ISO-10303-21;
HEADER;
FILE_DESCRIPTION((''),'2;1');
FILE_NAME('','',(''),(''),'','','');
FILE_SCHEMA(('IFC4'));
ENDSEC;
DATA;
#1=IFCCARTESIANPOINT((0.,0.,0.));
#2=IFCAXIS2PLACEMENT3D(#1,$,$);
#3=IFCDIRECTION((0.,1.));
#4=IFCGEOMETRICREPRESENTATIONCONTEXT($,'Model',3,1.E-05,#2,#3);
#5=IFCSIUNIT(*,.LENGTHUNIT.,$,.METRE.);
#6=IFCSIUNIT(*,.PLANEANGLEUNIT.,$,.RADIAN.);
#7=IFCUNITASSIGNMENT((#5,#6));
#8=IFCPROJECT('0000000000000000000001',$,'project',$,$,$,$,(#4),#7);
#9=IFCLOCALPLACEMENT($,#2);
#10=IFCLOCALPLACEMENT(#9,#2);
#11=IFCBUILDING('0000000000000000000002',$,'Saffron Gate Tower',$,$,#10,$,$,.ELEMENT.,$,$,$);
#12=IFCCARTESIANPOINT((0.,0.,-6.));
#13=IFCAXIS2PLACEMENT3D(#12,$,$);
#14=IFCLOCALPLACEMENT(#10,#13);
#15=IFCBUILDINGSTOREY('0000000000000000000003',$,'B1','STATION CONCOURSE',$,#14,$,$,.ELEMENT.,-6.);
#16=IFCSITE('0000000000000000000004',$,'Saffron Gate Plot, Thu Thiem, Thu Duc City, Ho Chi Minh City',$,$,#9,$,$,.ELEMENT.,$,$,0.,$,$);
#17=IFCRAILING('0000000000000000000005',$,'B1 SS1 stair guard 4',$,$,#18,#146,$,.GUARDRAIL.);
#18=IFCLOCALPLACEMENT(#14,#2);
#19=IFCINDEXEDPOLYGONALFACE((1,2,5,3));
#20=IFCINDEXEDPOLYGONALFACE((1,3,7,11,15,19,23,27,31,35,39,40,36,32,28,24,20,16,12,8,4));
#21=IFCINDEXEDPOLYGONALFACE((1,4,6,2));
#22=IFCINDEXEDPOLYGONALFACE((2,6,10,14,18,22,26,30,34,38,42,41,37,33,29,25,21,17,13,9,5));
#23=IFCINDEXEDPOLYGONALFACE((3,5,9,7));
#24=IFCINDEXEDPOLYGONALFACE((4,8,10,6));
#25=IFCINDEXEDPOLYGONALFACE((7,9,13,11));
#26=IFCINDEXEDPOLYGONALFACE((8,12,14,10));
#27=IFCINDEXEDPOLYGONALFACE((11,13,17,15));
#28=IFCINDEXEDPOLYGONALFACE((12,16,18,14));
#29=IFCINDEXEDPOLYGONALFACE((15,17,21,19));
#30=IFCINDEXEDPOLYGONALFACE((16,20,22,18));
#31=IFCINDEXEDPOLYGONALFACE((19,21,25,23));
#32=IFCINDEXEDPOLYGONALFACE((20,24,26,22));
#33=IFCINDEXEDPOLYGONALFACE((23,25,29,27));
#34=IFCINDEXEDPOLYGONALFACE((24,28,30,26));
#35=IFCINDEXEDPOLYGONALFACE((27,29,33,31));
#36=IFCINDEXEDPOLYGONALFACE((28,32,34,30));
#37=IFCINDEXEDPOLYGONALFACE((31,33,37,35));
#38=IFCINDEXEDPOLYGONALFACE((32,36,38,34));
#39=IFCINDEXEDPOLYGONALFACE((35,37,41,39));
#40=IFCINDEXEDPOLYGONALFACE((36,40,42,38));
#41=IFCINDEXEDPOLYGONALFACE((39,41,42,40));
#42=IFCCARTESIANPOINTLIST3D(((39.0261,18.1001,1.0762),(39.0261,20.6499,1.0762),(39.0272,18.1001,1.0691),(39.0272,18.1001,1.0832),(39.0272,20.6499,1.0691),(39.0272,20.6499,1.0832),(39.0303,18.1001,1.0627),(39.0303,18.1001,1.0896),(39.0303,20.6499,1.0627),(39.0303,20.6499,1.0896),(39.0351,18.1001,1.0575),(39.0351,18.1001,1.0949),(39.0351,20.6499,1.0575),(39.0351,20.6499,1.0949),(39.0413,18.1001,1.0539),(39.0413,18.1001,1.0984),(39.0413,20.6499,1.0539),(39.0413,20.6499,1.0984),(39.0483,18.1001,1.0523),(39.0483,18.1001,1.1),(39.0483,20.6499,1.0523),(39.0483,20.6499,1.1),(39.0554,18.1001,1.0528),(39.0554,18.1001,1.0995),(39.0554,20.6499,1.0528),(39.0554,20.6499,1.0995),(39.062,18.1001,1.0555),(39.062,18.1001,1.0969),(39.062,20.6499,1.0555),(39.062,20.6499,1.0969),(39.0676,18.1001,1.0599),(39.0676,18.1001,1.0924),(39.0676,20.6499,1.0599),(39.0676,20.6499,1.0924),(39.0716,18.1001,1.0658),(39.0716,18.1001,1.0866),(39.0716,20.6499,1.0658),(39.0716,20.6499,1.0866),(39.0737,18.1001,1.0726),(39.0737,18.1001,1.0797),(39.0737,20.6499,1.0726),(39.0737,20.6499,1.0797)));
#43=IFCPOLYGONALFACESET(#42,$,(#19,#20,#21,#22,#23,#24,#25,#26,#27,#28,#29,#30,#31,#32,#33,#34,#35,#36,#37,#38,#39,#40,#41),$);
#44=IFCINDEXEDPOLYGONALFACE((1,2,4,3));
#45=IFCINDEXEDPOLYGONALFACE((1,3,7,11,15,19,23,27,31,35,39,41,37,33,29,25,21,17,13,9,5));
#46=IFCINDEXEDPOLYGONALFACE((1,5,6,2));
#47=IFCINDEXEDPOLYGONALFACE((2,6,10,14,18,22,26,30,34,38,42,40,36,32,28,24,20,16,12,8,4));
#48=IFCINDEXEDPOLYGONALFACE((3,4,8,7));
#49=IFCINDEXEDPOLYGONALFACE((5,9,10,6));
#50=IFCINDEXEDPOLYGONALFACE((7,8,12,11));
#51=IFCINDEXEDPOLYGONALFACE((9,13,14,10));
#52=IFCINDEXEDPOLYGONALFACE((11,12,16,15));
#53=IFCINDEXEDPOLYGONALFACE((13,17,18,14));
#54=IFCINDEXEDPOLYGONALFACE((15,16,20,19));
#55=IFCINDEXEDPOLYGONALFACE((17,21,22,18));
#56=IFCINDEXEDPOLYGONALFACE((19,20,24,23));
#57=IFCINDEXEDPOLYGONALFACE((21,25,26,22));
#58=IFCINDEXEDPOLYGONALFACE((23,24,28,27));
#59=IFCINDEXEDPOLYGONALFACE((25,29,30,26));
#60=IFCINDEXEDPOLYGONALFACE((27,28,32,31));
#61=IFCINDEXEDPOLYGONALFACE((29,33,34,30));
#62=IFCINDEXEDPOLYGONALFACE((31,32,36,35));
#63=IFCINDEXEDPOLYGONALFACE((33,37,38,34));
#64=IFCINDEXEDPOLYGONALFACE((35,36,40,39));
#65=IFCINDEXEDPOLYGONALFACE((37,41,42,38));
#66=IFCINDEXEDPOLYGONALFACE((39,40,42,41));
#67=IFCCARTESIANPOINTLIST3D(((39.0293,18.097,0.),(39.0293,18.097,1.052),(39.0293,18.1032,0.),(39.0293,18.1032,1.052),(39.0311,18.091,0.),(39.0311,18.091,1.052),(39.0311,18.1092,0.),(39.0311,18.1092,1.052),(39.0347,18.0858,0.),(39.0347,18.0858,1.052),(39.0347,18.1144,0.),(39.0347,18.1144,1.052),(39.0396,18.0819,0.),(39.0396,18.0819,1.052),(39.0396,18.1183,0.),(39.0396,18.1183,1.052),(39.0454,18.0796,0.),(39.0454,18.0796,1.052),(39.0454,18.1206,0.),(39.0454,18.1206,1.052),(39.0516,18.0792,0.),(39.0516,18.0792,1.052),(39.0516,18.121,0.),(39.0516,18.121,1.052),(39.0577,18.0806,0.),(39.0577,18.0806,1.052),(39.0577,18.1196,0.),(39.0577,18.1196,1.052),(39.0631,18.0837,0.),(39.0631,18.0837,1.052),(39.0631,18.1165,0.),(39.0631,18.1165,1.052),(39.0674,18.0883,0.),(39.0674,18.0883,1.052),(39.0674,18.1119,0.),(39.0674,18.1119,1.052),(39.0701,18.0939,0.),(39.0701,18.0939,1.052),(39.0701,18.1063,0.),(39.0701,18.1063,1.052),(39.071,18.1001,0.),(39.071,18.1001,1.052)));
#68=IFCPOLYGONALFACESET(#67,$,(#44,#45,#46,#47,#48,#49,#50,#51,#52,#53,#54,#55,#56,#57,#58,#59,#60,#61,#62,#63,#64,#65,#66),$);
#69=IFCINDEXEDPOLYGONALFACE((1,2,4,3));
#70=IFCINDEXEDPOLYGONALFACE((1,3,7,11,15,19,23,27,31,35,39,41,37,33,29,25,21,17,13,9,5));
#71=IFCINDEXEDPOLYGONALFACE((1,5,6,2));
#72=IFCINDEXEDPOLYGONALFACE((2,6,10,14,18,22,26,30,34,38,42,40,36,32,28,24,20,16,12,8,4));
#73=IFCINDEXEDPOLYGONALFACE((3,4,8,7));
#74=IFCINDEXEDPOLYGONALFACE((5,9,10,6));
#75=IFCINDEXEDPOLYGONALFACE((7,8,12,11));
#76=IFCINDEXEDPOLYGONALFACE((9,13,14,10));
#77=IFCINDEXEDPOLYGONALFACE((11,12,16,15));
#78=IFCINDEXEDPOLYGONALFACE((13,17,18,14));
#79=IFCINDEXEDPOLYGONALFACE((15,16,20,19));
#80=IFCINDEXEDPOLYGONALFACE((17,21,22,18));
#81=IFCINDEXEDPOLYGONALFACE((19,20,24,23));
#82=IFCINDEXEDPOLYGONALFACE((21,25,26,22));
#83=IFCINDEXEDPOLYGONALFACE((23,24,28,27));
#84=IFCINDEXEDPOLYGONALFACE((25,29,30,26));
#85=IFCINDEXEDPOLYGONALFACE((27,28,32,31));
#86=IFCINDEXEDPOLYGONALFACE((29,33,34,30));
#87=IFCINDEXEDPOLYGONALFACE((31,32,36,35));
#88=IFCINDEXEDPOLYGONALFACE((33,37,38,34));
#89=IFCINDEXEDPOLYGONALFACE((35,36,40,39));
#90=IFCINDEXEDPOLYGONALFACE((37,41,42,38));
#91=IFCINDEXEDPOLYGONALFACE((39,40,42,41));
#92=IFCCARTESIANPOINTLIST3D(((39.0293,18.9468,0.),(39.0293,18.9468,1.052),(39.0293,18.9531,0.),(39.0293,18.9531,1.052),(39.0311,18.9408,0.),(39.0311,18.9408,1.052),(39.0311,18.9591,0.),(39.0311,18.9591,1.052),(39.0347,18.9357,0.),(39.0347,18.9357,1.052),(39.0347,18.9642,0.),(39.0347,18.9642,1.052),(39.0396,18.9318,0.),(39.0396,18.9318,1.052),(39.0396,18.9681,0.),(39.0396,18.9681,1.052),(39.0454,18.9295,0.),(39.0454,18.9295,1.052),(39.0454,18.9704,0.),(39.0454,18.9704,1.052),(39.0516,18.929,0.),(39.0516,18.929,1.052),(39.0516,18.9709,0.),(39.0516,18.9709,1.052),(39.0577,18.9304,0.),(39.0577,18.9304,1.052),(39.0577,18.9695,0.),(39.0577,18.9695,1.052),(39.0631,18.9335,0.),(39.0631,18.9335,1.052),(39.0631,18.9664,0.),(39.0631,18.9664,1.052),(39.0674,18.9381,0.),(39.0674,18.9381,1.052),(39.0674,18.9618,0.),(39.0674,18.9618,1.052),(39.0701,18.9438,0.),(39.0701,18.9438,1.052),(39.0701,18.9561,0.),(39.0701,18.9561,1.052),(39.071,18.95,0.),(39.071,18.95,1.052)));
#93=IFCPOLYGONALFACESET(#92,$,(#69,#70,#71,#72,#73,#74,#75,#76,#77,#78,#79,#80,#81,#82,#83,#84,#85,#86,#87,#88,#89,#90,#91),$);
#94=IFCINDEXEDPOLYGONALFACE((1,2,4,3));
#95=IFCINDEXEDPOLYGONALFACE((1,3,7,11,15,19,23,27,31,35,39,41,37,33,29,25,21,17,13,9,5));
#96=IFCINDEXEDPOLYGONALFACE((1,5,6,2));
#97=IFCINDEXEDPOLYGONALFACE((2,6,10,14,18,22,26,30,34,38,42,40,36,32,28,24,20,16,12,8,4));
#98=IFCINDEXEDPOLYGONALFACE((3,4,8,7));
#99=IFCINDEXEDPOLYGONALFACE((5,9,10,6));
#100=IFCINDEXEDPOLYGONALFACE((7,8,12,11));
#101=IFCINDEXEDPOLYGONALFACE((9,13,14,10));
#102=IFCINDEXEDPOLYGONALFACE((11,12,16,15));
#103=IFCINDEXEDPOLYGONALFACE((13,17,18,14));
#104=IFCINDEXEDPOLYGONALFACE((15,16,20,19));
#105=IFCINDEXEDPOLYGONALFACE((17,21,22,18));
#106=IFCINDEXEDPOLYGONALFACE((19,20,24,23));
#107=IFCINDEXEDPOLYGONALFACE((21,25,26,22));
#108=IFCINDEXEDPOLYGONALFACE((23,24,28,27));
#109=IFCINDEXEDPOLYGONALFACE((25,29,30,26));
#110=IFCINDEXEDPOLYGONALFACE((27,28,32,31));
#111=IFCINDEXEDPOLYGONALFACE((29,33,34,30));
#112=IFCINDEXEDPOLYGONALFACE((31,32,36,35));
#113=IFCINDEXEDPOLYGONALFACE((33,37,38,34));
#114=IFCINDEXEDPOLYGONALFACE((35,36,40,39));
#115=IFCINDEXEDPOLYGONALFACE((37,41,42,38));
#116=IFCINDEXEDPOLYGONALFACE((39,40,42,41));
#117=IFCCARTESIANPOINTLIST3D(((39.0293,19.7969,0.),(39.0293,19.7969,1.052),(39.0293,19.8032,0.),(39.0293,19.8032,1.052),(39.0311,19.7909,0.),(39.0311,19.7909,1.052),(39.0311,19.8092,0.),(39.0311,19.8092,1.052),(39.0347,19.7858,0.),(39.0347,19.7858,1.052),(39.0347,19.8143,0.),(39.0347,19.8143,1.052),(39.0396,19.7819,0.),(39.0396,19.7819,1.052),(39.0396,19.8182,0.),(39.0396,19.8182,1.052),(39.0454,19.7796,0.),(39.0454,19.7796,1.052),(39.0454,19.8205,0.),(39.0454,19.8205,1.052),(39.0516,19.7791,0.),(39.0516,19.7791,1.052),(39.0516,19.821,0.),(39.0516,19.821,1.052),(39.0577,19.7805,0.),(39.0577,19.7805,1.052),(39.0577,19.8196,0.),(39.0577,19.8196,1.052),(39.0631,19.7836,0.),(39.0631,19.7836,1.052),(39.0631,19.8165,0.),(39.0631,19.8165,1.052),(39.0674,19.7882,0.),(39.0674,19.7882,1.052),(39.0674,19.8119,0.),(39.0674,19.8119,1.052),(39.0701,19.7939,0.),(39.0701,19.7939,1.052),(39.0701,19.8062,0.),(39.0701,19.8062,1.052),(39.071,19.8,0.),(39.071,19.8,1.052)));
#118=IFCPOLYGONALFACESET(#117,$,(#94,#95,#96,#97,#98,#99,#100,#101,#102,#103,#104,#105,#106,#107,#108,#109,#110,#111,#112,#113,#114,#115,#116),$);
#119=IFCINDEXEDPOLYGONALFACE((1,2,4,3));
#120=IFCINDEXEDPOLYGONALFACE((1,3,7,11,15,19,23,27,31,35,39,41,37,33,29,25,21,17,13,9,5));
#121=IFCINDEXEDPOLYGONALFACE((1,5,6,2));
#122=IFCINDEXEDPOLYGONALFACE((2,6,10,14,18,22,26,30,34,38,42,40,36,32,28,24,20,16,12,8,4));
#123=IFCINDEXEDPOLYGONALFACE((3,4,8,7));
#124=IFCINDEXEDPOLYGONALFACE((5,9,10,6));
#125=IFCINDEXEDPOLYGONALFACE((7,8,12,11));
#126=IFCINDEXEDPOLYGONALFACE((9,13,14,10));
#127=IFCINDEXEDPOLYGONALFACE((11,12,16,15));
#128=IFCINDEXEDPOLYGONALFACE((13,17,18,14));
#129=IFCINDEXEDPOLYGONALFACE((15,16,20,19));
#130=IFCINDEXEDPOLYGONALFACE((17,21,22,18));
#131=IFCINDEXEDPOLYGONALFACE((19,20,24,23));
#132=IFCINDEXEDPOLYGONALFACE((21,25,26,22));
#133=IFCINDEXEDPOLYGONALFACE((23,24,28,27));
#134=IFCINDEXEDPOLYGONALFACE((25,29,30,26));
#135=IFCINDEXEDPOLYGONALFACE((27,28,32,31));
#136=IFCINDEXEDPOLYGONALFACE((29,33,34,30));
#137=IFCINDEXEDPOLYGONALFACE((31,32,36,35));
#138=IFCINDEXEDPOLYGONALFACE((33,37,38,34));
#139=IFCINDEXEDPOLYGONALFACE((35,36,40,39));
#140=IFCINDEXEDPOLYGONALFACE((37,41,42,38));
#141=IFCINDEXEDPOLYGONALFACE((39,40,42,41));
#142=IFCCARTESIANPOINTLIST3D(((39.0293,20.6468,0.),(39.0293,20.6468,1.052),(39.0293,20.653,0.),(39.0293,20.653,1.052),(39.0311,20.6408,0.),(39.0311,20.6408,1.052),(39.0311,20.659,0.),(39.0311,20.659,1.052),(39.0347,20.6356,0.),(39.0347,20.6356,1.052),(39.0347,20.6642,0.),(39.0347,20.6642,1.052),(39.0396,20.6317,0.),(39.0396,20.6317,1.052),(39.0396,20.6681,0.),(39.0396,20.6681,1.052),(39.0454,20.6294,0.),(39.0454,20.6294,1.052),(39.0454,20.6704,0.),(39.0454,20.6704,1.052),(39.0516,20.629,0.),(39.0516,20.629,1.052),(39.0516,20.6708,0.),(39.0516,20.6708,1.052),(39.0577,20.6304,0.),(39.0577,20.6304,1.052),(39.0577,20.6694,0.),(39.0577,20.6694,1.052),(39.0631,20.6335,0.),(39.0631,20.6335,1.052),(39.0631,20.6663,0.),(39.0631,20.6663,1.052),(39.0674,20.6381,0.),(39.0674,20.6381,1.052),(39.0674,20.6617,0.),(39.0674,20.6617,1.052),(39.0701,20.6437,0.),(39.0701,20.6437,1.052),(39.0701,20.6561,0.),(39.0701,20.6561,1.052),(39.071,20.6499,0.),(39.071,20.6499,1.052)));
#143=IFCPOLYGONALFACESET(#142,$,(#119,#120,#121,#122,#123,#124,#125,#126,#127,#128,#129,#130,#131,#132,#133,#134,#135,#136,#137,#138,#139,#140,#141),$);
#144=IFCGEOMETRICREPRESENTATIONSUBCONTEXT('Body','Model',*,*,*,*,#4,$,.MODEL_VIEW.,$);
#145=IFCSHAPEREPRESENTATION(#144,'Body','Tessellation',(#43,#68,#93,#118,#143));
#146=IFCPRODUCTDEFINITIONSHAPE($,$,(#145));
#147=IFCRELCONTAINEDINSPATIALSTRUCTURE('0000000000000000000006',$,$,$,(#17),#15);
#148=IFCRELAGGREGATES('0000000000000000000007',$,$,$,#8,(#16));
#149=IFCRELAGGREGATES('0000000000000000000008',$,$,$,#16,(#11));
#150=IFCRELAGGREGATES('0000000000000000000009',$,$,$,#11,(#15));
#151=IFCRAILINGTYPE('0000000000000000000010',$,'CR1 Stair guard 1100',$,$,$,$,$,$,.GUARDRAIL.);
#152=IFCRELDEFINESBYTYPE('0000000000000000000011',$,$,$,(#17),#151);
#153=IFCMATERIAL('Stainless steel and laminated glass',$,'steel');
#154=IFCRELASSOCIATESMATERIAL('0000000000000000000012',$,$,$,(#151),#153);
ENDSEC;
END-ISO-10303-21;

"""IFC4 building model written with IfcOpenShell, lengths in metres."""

from ifc_helpers import new_model, si_unit, direction, frame, origin, origin_2d, place, context, subcontext, project, spatial, circle, extrude, material, type_object, element, save


model = new_model("IFC4")

# Units and contexts
model_context = context("Model", 3, precision=1e-05, world=origin(), true_north=direction((0.0, 1.0)))
body_context = subcontext(model_context, "Body", "Model", "MODEL_VIEW")
ifc_project = project(units=[si_unit("LENGTHUNIT", "METRE"), si_unit("PLANEANGLEUNIT", "RADIAN")], contexts=[model_context])

# Site, building, storey
site_placement = place(None, origin())
site = spatial("IfcSite", under=ifc_project, at=site_placement, Name="Saffron Gate Plot, Thu Thiem, Thu Duc City, Ho Chi Minh City", CompositionType="ELEMENT", RefElevation=0.0)
building_placement = place(site_placement, origin())
building = spatial("IfcBuilding", under=site, at=building_placement, Name="Saffron Gate Tower", CompositionType="ELEMENT")
storey_placement = place(building_placement, frame((0.0, 0.0, -6.0)))
storey = spatial("IfcBuildingStorey", under=building, at=storey_placement, Name="B1", Description="STATION CONCOURSE", CompositionType="ELEMENT", Elevation=-6.0)

# Railing
ifc_material_1 = material(Name="Stainless steel and laminated glass", Category="steel")
railing_type_1 = type_object("IfcRailingType", Name="CR1 Stair guard 1100", PredefinedType="GUARDRAIL", material=ifc_material_1)
for number, where, name in (
    (1, (39.05, 18.1001, 0.0), "B1 SS1 stair guard 4"),
):
    element("IfcRailing", number, at=place(storey_placement, frame(where)), inside=storey, type_object=railing_type_1, Name=name, PredefinedType="GUARDRAIL", context=body_context, shape_type="SweptSolid", body=[
        extrude(circle(Radius=0.0239, at=origin_2d()), frame((0.0, 0.0, 1.0762), z_axis=(0.0, 1.0, 0.0), x_axis=(-1.0, 0.0, 0.0)), (0.0, 0.0, 1.0), 2.5498),
        extrude(circle(Radius=0.021, at=origin_2d()), origin(), (0.0, 0.0, 1.0), 1.052),
        extrude(circle(Radius=0.021, at=origin_2d()), frame((0.0, 0.8499, 0.0)), (0.0, 0.0, 1.0), 1.052),
        extrude(circle(Radius=0.021, at=origin_2d()), frame((0.0, 1.7, 0.0)), (0.0, 0.0, 1.0), 1.052),
        extrude(circle(Radius=0.021, at=origin_2d()), frame((0.0, 2.5498, 0.0)), (0.0, 0.0, 1.0), 1.052),
    ])

save(model, "model.ifc")
